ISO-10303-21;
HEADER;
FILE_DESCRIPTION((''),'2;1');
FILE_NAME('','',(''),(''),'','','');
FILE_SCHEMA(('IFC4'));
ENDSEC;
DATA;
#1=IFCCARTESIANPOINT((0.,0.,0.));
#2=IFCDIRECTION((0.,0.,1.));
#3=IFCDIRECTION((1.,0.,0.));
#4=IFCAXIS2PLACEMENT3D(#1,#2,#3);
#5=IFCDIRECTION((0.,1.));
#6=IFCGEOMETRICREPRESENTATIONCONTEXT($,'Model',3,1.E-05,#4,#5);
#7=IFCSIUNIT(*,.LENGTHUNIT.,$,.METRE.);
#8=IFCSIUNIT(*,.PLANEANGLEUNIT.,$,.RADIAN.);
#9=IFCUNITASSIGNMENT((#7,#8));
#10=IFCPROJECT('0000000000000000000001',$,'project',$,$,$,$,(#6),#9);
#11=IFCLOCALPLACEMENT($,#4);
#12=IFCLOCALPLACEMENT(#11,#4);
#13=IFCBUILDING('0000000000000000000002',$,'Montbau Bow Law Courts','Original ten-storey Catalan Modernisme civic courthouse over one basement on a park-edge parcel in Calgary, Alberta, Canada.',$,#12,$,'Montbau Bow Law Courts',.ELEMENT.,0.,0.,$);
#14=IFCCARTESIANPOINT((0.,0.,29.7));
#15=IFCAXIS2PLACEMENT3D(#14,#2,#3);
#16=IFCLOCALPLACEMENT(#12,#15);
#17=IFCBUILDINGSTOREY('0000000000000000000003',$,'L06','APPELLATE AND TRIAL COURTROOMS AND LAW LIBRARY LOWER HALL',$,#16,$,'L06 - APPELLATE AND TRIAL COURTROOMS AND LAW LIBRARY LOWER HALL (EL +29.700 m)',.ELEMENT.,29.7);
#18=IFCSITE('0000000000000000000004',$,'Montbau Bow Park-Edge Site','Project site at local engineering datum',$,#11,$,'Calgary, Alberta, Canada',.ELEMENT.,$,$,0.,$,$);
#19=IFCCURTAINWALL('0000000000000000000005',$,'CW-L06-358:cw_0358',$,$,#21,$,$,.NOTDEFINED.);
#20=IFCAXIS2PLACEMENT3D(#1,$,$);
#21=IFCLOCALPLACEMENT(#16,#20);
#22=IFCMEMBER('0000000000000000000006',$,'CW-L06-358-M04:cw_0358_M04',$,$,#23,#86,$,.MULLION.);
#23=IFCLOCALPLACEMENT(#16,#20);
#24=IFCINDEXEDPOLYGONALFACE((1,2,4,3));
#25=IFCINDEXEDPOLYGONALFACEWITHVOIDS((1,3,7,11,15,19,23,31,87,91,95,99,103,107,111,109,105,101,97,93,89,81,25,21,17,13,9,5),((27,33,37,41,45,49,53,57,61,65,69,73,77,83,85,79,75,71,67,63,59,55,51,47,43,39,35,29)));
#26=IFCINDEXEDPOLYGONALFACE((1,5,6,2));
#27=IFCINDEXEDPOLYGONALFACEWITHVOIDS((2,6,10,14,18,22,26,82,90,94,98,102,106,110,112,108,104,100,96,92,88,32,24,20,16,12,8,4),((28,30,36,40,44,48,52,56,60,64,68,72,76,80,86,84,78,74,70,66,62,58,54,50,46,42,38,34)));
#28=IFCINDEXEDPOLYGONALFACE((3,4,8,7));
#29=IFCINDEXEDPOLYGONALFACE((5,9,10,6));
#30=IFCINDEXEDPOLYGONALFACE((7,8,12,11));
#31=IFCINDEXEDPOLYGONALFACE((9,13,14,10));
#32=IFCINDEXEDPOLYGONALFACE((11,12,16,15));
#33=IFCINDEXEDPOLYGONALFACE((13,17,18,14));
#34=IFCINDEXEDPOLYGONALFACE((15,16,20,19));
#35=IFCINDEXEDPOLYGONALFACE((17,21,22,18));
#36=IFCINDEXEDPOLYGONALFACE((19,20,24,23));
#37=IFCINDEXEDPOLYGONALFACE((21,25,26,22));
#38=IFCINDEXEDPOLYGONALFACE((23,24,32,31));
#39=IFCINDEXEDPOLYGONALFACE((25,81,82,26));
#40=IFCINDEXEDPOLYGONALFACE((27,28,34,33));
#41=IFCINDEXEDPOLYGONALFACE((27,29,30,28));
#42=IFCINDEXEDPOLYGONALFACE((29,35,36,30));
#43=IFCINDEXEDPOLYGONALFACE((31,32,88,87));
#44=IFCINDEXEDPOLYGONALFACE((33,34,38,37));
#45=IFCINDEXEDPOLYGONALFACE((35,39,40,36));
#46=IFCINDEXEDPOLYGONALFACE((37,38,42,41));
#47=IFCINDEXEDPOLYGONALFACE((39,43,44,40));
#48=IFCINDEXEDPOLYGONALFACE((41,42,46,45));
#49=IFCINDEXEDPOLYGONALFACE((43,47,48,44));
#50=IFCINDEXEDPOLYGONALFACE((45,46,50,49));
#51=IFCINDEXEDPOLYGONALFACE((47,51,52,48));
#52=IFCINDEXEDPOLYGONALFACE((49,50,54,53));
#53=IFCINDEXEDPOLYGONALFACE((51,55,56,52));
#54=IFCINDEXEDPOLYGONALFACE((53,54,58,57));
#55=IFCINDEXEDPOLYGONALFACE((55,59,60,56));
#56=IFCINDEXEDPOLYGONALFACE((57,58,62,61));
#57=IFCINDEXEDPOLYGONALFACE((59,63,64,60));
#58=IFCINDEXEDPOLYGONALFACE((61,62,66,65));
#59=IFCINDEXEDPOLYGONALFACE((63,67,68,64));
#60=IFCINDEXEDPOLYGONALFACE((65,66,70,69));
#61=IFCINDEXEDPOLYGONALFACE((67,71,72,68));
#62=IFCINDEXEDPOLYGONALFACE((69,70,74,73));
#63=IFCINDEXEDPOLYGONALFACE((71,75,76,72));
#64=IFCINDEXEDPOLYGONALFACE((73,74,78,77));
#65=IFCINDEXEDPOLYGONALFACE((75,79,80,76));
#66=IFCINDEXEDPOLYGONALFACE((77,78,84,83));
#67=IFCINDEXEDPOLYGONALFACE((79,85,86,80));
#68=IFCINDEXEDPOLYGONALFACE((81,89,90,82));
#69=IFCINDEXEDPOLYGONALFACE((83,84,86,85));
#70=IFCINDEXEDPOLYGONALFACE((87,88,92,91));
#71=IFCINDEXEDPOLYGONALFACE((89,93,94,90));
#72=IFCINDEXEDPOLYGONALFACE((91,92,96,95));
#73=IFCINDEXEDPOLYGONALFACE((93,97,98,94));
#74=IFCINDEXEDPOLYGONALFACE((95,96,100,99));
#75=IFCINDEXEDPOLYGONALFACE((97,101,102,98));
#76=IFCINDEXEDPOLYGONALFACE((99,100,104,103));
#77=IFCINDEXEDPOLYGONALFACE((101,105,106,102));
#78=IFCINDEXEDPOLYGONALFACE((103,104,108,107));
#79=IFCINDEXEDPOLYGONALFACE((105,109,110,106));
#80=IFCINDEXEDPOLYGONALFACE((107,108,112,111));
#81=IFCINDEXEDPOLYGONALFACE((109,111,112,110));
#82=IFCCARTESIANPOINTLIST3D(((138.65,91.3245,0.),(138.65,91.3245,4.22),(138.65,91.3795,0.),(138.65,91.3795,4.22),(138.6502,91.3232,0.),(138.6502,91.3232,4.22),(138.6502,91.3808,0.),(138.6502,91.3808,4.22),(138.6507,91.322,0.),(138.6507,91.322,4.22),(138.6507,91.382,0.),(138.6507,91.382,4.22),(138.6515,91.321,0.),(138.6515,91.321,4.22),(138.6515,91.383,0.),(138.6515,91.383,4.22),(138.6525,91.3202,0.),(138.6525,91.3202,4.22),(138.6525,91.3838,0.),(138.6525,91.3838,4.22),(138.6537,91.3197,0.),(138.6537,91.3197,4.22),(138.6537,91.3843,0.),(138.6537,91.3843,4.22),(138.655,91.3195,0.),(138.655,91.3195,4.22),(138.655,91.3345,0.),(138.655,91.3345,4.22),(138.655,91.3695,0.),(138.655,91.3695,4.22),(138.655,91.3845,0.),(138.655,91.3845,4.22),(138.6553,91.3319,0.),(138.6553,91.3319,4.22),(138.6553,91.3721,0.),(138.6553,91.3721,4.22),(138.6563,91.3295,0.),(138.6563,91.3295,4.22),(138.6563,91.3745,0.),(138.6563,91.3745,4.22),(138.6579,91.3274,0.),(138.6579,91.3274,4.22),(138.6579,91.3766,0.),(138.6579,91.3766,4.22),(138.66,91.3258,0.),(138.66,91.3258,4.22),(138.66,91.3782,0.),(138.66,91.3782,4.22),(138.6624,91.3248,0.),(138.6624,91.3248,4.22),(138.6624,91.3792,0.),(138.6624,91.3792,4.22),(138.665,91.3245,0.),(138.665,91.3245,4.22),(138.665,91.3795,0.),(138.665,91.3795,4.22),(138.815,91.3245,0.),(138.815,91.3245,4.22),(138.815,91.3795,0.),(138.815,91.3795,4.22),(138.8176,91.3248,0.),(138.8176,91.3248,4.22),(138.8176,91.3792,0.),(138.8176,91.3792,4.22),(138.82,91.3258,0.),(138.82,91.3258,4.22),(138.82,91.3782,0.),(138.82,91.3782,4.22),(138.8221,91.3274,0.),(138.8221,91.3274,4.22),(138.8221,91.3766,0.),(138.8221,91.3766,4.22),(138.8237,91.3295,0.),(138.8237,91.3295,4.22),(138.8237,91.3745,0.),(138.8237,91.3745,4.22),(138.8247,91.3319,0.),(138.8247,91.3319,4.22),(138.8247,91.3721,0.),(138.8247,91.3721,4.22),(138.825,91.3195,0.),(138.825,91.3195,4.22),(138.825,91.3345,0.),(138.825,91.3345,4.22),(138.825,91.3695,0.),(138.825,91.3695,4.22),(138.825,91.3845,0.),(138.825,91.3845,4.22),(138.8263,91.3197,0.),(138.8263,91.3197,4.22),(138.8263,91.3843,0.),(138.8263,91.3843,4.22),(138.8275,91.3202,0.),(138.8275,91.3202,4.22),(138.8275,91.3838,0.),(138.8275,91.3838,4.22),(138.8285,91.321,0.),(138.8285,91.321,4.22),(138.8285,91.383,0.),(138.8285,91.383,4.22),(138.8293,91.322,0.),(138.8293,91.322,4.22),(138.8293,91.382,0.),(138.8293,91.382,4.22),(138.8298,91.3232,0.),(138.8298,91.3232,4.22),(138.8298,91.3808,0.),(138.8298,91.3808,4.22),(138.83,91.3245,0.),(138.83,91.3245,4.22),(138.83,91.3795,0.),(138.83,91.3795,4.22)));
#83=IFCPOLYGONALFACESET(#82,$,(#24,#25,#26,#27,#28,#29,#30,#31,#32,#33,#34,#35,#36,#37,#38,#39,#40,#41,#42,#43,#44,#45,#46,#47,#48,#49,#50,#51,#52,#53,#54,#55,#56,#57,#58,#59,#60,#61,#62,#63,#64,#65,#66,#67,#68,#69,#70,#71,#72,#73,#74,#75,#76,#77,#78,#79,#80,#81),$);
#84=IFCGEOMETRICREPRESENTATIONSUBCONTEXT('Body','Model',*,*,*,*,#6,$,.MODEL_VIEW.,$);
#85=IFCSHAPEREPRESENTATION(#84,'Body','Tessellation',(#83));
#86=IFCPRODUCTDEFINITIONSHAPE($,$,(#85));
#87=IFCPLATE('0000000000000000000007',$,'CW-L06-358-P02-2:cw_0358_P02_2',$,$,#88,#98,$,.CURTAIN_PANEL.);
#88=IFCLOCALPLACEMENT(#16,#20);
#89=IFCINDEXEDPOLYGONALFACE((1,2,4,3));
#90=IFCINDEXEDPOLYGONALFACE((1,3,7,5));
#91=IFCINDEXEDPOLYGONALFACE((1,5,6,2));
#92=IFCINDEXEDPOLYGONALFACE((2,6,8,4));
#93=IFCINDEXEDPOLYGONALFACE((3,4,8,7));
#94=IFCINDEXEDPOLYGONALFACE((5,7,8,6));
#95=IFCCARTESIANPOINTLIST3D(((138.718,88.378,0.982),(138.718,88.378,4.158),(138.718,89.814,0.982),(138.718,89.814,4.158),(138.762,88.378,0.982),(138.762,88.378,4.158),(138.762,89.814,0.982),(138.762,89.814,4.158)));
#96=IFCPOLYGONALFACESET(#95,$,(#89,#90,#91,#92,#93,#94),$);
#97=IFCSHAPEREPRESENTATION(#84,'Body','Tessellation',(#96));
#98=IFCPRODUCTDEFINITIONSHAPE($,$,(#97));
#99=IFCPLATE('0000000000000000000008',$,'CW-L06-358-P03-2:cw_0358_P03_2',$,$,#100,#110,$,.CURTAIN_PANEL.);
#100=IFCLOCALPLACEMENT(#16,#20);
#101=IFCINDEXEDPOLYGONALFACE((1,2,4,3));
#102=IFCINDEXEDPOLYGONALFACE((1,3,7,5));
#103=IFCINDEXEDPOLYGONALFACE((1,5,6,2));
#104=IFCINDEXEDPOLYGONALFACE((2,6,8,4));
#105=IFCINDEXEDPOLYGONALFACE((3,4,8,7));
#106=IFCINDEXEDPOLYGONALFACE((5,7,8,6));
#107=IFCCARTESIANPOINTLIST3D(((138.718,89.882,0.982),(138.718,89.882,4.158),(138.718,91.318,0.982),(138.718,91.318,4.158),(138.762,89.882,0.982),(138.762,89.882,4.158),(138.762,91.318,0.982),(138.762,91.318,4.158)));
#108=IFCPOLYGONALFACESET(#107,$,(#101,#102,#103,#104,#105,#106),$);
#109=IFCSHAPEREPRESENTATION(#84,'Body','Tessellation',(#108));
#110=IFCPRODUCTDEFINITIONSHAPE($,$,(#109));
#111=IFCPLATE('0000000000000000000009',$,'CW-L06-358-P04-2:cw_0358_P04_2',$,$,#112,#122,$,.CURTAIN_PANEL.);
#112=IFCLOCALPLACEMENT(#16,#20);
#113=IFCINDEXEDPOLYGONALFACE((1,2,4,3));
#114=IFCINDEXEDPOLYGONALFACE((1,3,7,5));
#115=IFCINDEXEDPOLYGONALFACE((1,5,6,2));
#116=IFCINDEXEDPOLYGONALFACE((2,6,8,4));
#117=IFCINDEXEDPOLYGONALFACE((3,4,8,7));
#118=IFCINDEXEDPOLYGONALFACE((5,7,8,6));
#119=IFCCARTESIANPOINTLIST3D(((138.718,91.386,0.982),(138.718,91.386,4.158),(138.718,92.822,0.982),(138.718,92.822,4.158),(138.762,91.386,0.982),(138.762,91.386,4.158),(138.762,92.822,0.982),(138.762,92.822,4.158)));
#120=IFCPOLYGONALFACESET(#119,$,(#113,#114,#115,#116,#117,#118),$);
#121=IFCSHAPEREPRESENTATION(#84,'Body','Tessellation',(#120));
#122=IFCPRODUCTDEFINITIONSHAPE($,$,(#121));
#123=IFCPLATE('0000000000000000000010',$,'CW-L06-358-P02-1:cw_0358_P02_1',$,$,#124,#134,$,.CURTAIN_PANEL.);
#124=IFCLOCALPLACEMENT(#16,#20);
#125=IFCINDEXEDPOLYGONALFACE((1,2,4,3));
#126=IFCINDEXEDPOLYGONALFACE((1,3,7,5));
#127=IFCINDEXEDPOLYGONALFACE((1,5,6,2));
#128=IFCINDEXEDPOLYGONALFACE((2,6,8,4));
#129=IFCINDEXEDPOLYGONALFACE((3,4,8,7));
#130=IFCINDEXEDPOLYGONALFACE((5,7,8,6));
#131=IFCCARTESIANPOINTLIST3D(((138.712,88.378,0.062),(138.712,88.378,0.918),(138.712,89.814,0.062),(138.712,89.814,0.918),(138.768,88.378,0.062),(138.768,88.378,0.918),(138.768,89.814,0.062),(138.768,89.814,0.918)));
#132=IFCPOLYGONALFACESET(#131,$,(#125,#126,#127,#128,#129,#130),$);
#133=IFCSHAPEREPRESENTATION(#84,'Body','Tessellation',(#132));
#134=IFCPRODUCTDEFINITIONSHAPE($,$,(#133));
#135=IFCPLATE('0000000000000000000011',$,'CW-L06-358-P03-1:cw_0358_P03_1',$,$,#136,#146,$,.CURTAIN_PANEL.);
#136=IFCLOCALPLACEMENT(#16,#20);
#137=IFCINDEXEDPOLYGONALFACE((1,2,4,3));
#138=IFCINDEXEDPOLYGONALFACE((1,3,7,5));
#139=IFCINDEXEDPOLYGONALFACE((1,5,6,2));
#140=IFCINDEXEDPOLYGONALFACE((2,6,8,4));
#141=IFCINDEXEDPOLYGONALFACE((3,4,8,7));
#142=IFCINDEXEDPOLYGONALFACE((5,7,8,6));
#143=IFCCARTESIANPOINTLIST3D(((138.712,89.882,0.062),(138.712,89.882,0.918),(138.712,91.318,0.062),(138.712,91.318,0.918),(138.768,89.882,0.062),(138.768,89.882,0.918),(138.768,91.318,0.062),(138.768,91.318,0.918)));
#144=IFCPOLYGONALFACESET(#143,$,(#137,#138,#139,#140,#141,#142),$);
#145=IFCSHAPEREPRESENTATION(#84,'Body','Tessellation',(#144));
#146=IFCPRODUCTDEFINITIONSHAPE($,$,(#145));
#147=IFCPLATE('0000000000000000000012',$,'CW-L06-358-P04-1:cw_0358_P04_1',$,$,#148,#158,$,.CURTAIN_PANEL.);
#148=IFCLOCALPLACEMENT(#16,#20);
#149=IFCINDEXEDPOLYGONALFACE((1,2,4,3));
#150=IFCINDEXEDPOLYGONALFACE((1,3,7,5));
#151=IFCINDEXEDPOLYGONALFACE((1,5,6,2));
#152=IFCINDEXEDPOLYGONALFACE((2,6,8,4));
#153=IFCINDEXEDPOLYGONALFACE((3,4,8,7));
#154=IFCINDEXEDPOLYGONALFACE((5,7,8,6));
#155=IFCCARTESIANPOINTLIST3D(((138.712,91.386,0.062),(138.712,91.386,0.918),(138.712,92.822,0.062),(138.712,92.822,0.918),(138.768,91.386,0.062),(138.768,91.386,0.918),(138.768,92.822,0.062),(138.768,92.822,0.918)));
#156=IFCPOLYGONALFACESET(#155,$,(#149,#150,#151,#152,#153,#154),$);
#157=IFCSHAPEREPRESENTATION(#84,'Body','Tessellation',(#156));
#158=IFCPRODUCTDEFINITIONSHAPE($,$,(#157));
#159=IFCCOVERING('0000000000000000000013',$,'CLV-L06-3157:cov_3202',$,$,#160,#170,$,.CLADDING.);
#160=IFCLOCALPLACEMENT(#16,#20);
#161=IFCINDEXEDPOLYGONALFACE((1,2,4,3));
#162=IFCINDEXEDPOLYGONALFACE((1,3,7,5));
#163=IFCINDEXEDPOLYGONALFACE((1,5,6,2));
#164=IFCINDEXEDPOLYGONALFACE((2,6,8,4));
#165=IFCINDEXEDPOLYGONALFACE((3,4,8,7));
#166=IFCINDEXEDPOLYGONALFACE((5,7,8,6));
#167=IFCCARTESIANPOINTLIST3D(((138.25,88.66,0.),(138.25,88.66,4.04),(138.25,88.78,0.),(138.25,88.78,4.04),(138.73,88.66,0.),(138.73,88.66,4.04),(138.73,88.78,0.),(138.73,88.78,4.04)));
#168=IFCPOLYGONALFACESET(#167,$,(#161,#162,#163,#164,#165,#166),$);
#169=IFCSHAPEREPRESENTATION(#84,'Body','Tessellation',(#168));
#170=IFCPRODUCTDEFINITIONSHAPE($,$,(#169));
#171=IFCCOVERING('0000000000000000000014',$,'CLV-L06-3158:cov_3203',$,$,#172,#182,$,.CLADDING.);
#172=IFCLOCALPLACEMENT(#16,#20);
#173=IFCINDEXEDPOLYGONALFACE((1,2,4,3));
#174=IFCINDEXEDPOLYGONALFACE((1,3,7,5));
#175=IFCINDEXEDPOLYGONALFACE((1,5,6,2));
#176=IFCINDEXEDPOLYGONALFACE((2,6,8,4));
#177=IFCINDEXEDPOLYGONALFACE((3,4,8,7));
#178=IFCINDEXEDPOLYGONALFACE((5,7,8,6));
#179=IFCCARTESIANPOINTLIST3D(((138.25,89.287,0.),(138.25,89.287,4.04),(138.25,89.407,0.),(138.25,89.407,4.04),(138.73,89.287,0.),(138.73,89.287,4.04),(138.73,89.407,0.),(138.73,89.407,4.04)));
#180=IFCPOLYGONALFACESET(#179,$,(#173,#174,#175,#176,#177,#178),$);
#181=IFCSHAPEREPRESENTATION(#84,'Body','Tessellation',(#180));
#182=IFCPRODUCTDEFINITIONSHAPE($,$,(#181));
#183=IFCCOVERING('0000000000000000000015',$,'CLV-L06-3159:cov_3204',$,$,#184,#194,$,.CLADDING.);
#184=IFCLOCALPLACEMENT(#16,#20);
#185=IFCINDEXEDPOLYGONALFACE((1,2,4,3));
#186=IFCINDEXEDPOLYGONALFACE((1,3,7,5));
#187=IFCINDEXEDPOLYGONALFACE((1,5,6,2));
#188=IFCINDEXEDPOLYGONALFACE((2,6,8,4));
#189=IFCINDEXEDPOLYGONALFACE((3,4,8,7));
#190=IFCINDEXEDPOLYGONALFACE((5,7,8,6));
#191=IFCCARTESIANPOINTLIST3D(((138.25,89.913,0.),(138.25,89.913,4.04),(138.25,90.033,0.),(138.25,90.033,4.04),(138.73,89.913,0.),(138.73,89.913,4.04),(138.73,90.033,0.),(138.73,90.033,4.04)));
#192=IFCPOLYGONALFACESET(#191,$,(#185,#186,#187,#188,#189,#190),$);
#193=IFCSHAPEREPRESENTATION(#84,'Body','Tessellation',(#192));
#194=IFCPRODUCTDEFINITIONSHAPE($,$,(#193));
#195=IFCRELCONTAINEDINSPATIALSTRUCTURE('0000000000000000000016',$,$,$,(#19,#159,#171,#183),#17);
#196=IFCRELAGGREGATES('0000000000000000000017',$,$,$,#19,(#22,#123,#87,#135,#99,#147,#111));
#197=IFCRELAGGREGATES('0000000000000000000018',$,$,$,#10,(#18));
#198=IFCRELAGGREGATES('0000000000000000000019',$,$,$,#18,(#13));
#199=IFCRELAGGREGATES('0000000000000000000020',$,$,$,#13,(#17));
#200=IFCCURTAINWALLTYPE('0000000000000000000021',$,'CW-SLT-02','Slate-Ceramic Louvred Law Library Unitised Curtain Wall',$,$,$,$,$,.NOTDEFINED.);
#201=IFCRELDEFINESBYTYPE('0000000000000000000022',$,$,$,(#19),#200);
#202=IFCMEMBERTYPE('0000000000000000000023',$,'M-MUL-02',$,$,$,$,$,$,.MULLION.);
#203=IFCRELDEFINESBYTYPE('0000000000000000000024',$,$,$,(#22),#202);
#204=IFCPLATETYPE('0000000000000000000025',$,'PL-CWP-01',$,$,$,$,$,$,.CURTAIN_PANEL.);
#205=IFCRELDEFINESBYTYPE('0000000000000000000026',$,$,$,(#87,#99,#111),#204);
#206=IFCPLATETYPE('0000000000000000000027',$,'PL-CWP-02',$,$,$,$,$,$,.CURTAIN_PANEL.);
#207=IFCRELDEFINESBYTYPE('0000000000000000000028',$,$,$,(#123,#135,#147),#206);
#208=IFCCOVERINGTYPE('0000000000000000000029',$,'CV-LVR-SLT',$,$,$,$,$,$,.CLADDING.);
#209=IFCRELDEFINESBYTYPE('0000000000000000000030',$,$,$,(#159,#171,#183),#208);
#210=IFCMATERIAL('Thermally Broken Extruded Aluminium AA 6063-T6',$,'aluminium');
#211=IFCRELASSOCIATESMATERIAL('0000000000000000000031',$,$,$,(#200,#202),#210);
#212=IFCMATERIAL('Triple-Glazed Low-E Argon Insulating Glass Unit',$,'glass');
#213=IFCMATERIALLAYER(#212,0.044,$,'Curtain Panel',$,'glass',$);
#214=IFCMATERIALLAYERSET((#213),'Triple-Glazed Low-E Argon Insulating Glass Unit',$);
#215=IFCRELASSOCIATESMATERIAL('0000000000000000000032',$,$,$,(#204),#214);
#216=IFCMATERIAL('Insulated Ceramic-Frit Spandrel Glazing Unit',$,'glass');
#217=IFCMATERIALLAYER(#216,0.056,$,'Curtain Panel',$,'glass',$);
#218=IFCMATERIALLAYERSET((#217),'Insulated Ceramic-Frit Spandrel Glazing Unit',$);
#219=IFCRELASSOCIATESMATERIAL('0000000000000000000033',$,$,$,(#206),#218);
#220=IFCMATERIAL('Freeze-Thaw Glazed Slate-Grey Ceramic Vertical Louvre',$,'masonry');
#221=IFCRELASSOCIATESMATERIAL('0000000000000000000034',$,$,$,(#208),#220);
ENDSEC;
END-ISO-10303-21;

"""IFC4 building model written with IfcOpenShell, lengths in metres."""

from ifc_helpers import new_model, si_unit, direction, frame, frame_2d, origin_with_axes, origin_2d_with_axis, place, context, subcontext, project, spatial, rectangle, hollow_rectangle, extrude, material, layer, layer_set, material_profile, profile_set, type_object, element, aggregate, save


model = new_model("IFC4")

# Units and contexts
model_context = context("Model", 3, precision=1e-05, world=origin_with_axes(), true_north=direction((0.0, 1.0)))
body_context = subcontext(model_context, "Body", "Model", "MODEL_VIEW")
ifc_project = project(units=[si_unit("LENGTHUNIT", "METRE"), si_unit("PLANEANGLEUNIT", "RADIAN")], contexts=[model_context])

# Site, building, storey
site_placement = place(None, origin_with_axes())
site = spatial("IfcSite", under=ifc_project, at=site_placement, Name="Montbau Bow Park-Edge Site", Description="Project site at local engineering datum", LongName="Calgary, Alberta, Canada", CompositionType="ELEMENT", RefElevation=0.0)
building_placement = place(site_placement, origin_with_axes())
building = spatial("IfcBuilding", under=site, at=building_placement, Name="Montbau Bow Law Courts", Description="Original ten-storey Catalan Modernisme civic courthouse over one basement on a park-edge parcel in Calgary, Alberta, Canada.", LongName="Montbau Bow Law Courts", CompositionType="ELEMENT", ElevationOfRefHeight=0.0, ElevationOfTerrain=0.0)
storey_placement = place(building_placement, frame((0.0, 0.0, 29.7), z_axis=(0.0, 0.0, 1.0), x_axis=(1.0, 0.0, 0.0)))
storey = spatial("IfcBuildingStorey", under=building, at=storey_placement, Name="L06", Description="APPELLATE AND TRIAL COURTROOMS AND LAW LIBRARY LOWER HALL", LongName="L06 - APPELLATE AND TRIAL COURTROOMS AND LAW LIBRARY LOWER HALL (EL +29.700 m)", CompositionType="ELEMENT", Elevation=29.7)

# Curtain wall, member, plates
ifc_material_1 = material(Name="Thermally Broken Extruded Aluminium AA 6063-T6", Category="aluminium")
curtain_wall_type = type_object("IfcCurtainWallType", Name="CW-SLT-02", Description="Slate-Ceramic Louvred Law Library Unitised Curtain Wall", PredefinedType="NOTDEFINED", material=ifc_material_1)
curtain_wall_placement = place(None, frame((138.74, 86.84, 29.7), z_axis=(0.0, 0.0, 1.0), x_axis=(1.0, 0.0, 0.0)))
curtain_wall = element("IfcCurtainWall", 1, at=curtain_wall_placement, inside=storey, type_object=curtain_wall_type, Name="CW-L06-358:cw_0358", PredefinedType="NOTDEFINED")
ifc_material_profile_1 = material_profile(ifc_material_1, hollow_rectangle(XDim=0.065, YDim=0.18, WallThickness=0.005, InnerFilletRadius=0.01, OuterFilletRadius=0.005, at=origin_2d_with_axis()), Name="CWM-180X65", Category="Main", Priority=0)
ifc_profile_set_1 = profile_set([ifc_material_profile_1], Name="Thermally Broken Extruded Aluminium AA 6063-T6")
member_type = type_object("IfcMemberType", Name="M-MUL-02", PredefinedType="MULLION", material=ifc_profile_set_1)
member_1_placement = place(None, frame((138.74, 91.352, 29.7), z_axis=(0.0, 0.0, 1.0), x_axis=(0.0, 1.0, 0.0)))
member_1 = element("IfcMember", 2, at=member_1_placement, type_object=member_type, Name="CW-L06-358-M04:cw_0358_M04", PredefinedType="MULLION", context=body_context, shape_type="SweptSolid", body=[
    extrude(hollow_rectangle(XDim=0.065, YDim=0.18, WallThickness=0.005, InnerFilletRadius=0.01, OuterFilletRadius=0.005, at=origin_2d_with_axis()), origin_with_axes(), (0.0, 0.0, 1.0), 4.22),
])
ifc_material_2 = material(Name="Triple-Glazed Low-E Argon Insulating Glass Unit", Category="glass")
ifc_layer_1 = layer(ifc_material_2, 0.044, Name="Curtain Panel", Category="glass")
ifc_layer_set_1 = layer_set([ifc_layer_1], Name="Triple-Glazed Low-E Argon Insulating Glass Unit")
plate_type_1 = type_object("IfcPlateType", Name="PL-CWP-01", PredefinedType="CURTAIN_PANEL", material=ifc_layer_set_1)
plate_1_placement = place(None, frame((138.74, 88.378, 30.682), z_axis=(1.0, 0.0, 0.0), x_axis=(0.0, 1.0, 0.0)))
plate_1 = element("IfcPlate", 3, at=plate_1_placement, type_object=plate_type_1, Name="CW-L06-358-P02-2:cw_0358_P02_2", PredefinedType="CURTAIN_PANEL", context=body_context, shape_type="SweptSolid", body=[
    extrude(rectangle(XDim=1.436, YDim=3.176, at=frame_2d((0.718, 1.588), x_axis=(1.0, 0.0))), frame((0.0, 0.0, -0.022), z_axis=(0.0, 0.0, 1.0), x_axis=(1.0, 0.0, 0.0)), (0.0, 0.0, 1.0), 0.044),
])
plate_2_placement = place(None, frame((138.74, 89.882, 30.682), z_axis=(1.0, 0.0, 0.0), x_axis=(0.0, 1.0, 0.0)))
plate_2 = element("IfcPlate", 4, at=plate_2_placement, type_object=plate_type_1, Name="CW-L06-358-P03-2:cw_0358_P03_2", PredefinedType="CURTAIN_PANEL", context=body_context, shape_type="SweptSolid", body=[
    extrude(rectangle(XDim=1.436, YDim=3.176, at=frame_2d((0.718, 1.588), x_axis=(1.0, 0.0))), frame((0.0, 0.0, -0.022), z_axis=(0.0, 0.0, 1.0), x_axis=(1.0, 0.0, 0.0)), (0.0, 0.0, 1.0), 0.044),
])
plate_3_placement = place(None, frame((138.74, 91.386, 30.682), z_axis=(1.0, 0.0, 0.0), x_axis=(0.0, 1.0, 0.0)))
plate_3 = element("IfcPlate", 5, at=plate_3_placement, type_object=plate_type_1, Name="CW-L06-358-P04-2:cw_0358_P04_2", PredefinedType="CURTAIN_PANEL", context=body_context, shape_type="SweptSolid", body=[
    extrude(rectangle(XDim=1.436, YDim=3.176, at=frame_2d((0.718, 1.588), x_axis=(1.0, 0.0))), frame((0.0, 0.0, -0.022), z_axis=(0.0, 0.0, 1.0), x_axis=(1.0, 0.0, 0.0)), (0.0, 0.0, 1.0), 0.044),
])
ifc_material_3 = material(Name="Insulated Ceramic-Frit Spandrel Glazing Unit", Category="glass")
ifc_layer_2 = layer(ifc_material_3, 0.056, Name="Curtain Panel", Category="glass")
ifc_layer_set_2 = layer_set([ifc_layer_2], Name="Insulated Ceramic-Frit Spandrel Glazing Unit")
plate_type_2 = type_object("IfcPlateType", Name="PL-CWP-02", PredefinedType="CURTAIN_PANEL", material=ifc_layer_set_2)
plate_4_placement = place(None, frame((138.74, 88.378, 29.762), z_axis=(1.0, 0.0, 0.0), x_axis=(0.0, 1.0, 0.0)))
plate_4 = element("IfcPlate", 6, at=plate_4_placement, type_object=plate_type_2, Name="CW-L06-358-P02-1:cw_0358_P02_1", PredefinedType="CURTAIN_PANEL", context=body_context, shape_type="SweptSolid", body=[
    extrude(rectangle(XDim=1.436, YDim=0.856, at=frame_2d((0.718, 0.428), x_axis=(1.0, 0.0))), frame((0.0, 0.0, -0.028), z_axis=(0.0, 0.0, 1.0), x_axis=(1.0, 0.0, 0.0)), (0.0, 0.0, 1.0), 0.056),
])
plate_5_placement = place(None, frame((138.74, 89.882, 29.762), z_axis=(1.0, 0.0, 0.0), x_axis=(0.0, 1.0, 0.0)))
plate_5 = element("IfcPlate", 7, at=plate_5_placement, type_object=plate_type_2, Name="CW-L06-358-P03-1:cw_0358_P03_1", PredefinedType="CURTAIN_PANEL", context=body_context, shape_type="SweptSolid", body=[
    extrude(rectangle(XDim=1.436, YDim=0.856, at=frame_2d((0.718, 0.428), x_axis=(1.0, 0.0))), frame((0.0, 0.0, -0.028), z_axis=(0.0, 0.0, 1.0), x_axis=(1.0, 0.0, 0.0)), (0.0, 0.0, 1.0), 0.056),
])
plate_6_placement = place(None, frame((138.74, 91.386, 29.762), z_axis=(1.0, 0.0, 0.0), x_axis=(0.0, 1.0, 0.0)))
plate_6 = element("IfcPlate", 8, at=plate_6_placement, type_object=plate_type_2, Name="CW-L06-358-P04-1:cw_0358_P04_1", PredefinedType="CURTAIN_PANEL", context=body_context, shape_type="SweptSolid", body=[
    extrude(rectangle(XDim=1.436, YDim=0.856, at=frame_2d((0.718, 0.428), x_axis=(1.0, 0.0))), frame((0.0, 0.0, -0.028), z_axis=(0.0, 0.0, 1.0), x_axis=(1.0, 0.0, 0.0)), (0.0, 0.0, 1.0), 0.056),
])
aggregate(curtain_wall, [member_1, plate_4, plate_1, plate_5, plate_2, plate_6, plate_3])

# Coverings
ifc_material_4 = material(Name="Freeze-Thaw Glazed Slate-Grey Ceramic Vertical Louvre", Category="masonry")
covering_type = type_object("IfcCoveringType", Name="CV-LVR-SLT", PredefinedType="CLADDING", material=ifc_material_4)
for number, where, z_axis, x_axis, name in (
    (9, (138.73, 88.72, 29.7), (0.0, 1.0, 0.0), (-1.0, 0.0, 0.0), "CLV-L06-3157:cov_3202"),
    (10, (138.73, 89.347, 29.7), (0.0, 1.0, 0.0), (-1.0, 0.0, 0.0), "CLV-L06-3158:cov_3203"),
    (11, (138.73, 89.973, 29.7), (0.0, 1.0, 0.0), (-1.0, 0.0, 0.0), "CLV-L06-3159:cov_3204"),
):
    element("IfcCovering", number, at=place(None, frame(where, z_axis=z_axis, x_axis=x_axis)), inside=storey, type_object=covering_type, Name=name, PredefinedType="CLADDING", context=body_context, shape_type="SweptSolid", body=[
        extrude(rectangle(XDim=0.48, YDim=4.04, at=frame_2d((0.24, 2.02), x_axis=(1.0, 0.0))), frame((0.0, 0.0, -0.06), z_axis=(0.0, 0.0, 1.0), x_axis=(1.0, 0.0, 0.0)), (0.0, 0.0, 1.0), 0.12),
    ])

save(model, "model.ifc")
